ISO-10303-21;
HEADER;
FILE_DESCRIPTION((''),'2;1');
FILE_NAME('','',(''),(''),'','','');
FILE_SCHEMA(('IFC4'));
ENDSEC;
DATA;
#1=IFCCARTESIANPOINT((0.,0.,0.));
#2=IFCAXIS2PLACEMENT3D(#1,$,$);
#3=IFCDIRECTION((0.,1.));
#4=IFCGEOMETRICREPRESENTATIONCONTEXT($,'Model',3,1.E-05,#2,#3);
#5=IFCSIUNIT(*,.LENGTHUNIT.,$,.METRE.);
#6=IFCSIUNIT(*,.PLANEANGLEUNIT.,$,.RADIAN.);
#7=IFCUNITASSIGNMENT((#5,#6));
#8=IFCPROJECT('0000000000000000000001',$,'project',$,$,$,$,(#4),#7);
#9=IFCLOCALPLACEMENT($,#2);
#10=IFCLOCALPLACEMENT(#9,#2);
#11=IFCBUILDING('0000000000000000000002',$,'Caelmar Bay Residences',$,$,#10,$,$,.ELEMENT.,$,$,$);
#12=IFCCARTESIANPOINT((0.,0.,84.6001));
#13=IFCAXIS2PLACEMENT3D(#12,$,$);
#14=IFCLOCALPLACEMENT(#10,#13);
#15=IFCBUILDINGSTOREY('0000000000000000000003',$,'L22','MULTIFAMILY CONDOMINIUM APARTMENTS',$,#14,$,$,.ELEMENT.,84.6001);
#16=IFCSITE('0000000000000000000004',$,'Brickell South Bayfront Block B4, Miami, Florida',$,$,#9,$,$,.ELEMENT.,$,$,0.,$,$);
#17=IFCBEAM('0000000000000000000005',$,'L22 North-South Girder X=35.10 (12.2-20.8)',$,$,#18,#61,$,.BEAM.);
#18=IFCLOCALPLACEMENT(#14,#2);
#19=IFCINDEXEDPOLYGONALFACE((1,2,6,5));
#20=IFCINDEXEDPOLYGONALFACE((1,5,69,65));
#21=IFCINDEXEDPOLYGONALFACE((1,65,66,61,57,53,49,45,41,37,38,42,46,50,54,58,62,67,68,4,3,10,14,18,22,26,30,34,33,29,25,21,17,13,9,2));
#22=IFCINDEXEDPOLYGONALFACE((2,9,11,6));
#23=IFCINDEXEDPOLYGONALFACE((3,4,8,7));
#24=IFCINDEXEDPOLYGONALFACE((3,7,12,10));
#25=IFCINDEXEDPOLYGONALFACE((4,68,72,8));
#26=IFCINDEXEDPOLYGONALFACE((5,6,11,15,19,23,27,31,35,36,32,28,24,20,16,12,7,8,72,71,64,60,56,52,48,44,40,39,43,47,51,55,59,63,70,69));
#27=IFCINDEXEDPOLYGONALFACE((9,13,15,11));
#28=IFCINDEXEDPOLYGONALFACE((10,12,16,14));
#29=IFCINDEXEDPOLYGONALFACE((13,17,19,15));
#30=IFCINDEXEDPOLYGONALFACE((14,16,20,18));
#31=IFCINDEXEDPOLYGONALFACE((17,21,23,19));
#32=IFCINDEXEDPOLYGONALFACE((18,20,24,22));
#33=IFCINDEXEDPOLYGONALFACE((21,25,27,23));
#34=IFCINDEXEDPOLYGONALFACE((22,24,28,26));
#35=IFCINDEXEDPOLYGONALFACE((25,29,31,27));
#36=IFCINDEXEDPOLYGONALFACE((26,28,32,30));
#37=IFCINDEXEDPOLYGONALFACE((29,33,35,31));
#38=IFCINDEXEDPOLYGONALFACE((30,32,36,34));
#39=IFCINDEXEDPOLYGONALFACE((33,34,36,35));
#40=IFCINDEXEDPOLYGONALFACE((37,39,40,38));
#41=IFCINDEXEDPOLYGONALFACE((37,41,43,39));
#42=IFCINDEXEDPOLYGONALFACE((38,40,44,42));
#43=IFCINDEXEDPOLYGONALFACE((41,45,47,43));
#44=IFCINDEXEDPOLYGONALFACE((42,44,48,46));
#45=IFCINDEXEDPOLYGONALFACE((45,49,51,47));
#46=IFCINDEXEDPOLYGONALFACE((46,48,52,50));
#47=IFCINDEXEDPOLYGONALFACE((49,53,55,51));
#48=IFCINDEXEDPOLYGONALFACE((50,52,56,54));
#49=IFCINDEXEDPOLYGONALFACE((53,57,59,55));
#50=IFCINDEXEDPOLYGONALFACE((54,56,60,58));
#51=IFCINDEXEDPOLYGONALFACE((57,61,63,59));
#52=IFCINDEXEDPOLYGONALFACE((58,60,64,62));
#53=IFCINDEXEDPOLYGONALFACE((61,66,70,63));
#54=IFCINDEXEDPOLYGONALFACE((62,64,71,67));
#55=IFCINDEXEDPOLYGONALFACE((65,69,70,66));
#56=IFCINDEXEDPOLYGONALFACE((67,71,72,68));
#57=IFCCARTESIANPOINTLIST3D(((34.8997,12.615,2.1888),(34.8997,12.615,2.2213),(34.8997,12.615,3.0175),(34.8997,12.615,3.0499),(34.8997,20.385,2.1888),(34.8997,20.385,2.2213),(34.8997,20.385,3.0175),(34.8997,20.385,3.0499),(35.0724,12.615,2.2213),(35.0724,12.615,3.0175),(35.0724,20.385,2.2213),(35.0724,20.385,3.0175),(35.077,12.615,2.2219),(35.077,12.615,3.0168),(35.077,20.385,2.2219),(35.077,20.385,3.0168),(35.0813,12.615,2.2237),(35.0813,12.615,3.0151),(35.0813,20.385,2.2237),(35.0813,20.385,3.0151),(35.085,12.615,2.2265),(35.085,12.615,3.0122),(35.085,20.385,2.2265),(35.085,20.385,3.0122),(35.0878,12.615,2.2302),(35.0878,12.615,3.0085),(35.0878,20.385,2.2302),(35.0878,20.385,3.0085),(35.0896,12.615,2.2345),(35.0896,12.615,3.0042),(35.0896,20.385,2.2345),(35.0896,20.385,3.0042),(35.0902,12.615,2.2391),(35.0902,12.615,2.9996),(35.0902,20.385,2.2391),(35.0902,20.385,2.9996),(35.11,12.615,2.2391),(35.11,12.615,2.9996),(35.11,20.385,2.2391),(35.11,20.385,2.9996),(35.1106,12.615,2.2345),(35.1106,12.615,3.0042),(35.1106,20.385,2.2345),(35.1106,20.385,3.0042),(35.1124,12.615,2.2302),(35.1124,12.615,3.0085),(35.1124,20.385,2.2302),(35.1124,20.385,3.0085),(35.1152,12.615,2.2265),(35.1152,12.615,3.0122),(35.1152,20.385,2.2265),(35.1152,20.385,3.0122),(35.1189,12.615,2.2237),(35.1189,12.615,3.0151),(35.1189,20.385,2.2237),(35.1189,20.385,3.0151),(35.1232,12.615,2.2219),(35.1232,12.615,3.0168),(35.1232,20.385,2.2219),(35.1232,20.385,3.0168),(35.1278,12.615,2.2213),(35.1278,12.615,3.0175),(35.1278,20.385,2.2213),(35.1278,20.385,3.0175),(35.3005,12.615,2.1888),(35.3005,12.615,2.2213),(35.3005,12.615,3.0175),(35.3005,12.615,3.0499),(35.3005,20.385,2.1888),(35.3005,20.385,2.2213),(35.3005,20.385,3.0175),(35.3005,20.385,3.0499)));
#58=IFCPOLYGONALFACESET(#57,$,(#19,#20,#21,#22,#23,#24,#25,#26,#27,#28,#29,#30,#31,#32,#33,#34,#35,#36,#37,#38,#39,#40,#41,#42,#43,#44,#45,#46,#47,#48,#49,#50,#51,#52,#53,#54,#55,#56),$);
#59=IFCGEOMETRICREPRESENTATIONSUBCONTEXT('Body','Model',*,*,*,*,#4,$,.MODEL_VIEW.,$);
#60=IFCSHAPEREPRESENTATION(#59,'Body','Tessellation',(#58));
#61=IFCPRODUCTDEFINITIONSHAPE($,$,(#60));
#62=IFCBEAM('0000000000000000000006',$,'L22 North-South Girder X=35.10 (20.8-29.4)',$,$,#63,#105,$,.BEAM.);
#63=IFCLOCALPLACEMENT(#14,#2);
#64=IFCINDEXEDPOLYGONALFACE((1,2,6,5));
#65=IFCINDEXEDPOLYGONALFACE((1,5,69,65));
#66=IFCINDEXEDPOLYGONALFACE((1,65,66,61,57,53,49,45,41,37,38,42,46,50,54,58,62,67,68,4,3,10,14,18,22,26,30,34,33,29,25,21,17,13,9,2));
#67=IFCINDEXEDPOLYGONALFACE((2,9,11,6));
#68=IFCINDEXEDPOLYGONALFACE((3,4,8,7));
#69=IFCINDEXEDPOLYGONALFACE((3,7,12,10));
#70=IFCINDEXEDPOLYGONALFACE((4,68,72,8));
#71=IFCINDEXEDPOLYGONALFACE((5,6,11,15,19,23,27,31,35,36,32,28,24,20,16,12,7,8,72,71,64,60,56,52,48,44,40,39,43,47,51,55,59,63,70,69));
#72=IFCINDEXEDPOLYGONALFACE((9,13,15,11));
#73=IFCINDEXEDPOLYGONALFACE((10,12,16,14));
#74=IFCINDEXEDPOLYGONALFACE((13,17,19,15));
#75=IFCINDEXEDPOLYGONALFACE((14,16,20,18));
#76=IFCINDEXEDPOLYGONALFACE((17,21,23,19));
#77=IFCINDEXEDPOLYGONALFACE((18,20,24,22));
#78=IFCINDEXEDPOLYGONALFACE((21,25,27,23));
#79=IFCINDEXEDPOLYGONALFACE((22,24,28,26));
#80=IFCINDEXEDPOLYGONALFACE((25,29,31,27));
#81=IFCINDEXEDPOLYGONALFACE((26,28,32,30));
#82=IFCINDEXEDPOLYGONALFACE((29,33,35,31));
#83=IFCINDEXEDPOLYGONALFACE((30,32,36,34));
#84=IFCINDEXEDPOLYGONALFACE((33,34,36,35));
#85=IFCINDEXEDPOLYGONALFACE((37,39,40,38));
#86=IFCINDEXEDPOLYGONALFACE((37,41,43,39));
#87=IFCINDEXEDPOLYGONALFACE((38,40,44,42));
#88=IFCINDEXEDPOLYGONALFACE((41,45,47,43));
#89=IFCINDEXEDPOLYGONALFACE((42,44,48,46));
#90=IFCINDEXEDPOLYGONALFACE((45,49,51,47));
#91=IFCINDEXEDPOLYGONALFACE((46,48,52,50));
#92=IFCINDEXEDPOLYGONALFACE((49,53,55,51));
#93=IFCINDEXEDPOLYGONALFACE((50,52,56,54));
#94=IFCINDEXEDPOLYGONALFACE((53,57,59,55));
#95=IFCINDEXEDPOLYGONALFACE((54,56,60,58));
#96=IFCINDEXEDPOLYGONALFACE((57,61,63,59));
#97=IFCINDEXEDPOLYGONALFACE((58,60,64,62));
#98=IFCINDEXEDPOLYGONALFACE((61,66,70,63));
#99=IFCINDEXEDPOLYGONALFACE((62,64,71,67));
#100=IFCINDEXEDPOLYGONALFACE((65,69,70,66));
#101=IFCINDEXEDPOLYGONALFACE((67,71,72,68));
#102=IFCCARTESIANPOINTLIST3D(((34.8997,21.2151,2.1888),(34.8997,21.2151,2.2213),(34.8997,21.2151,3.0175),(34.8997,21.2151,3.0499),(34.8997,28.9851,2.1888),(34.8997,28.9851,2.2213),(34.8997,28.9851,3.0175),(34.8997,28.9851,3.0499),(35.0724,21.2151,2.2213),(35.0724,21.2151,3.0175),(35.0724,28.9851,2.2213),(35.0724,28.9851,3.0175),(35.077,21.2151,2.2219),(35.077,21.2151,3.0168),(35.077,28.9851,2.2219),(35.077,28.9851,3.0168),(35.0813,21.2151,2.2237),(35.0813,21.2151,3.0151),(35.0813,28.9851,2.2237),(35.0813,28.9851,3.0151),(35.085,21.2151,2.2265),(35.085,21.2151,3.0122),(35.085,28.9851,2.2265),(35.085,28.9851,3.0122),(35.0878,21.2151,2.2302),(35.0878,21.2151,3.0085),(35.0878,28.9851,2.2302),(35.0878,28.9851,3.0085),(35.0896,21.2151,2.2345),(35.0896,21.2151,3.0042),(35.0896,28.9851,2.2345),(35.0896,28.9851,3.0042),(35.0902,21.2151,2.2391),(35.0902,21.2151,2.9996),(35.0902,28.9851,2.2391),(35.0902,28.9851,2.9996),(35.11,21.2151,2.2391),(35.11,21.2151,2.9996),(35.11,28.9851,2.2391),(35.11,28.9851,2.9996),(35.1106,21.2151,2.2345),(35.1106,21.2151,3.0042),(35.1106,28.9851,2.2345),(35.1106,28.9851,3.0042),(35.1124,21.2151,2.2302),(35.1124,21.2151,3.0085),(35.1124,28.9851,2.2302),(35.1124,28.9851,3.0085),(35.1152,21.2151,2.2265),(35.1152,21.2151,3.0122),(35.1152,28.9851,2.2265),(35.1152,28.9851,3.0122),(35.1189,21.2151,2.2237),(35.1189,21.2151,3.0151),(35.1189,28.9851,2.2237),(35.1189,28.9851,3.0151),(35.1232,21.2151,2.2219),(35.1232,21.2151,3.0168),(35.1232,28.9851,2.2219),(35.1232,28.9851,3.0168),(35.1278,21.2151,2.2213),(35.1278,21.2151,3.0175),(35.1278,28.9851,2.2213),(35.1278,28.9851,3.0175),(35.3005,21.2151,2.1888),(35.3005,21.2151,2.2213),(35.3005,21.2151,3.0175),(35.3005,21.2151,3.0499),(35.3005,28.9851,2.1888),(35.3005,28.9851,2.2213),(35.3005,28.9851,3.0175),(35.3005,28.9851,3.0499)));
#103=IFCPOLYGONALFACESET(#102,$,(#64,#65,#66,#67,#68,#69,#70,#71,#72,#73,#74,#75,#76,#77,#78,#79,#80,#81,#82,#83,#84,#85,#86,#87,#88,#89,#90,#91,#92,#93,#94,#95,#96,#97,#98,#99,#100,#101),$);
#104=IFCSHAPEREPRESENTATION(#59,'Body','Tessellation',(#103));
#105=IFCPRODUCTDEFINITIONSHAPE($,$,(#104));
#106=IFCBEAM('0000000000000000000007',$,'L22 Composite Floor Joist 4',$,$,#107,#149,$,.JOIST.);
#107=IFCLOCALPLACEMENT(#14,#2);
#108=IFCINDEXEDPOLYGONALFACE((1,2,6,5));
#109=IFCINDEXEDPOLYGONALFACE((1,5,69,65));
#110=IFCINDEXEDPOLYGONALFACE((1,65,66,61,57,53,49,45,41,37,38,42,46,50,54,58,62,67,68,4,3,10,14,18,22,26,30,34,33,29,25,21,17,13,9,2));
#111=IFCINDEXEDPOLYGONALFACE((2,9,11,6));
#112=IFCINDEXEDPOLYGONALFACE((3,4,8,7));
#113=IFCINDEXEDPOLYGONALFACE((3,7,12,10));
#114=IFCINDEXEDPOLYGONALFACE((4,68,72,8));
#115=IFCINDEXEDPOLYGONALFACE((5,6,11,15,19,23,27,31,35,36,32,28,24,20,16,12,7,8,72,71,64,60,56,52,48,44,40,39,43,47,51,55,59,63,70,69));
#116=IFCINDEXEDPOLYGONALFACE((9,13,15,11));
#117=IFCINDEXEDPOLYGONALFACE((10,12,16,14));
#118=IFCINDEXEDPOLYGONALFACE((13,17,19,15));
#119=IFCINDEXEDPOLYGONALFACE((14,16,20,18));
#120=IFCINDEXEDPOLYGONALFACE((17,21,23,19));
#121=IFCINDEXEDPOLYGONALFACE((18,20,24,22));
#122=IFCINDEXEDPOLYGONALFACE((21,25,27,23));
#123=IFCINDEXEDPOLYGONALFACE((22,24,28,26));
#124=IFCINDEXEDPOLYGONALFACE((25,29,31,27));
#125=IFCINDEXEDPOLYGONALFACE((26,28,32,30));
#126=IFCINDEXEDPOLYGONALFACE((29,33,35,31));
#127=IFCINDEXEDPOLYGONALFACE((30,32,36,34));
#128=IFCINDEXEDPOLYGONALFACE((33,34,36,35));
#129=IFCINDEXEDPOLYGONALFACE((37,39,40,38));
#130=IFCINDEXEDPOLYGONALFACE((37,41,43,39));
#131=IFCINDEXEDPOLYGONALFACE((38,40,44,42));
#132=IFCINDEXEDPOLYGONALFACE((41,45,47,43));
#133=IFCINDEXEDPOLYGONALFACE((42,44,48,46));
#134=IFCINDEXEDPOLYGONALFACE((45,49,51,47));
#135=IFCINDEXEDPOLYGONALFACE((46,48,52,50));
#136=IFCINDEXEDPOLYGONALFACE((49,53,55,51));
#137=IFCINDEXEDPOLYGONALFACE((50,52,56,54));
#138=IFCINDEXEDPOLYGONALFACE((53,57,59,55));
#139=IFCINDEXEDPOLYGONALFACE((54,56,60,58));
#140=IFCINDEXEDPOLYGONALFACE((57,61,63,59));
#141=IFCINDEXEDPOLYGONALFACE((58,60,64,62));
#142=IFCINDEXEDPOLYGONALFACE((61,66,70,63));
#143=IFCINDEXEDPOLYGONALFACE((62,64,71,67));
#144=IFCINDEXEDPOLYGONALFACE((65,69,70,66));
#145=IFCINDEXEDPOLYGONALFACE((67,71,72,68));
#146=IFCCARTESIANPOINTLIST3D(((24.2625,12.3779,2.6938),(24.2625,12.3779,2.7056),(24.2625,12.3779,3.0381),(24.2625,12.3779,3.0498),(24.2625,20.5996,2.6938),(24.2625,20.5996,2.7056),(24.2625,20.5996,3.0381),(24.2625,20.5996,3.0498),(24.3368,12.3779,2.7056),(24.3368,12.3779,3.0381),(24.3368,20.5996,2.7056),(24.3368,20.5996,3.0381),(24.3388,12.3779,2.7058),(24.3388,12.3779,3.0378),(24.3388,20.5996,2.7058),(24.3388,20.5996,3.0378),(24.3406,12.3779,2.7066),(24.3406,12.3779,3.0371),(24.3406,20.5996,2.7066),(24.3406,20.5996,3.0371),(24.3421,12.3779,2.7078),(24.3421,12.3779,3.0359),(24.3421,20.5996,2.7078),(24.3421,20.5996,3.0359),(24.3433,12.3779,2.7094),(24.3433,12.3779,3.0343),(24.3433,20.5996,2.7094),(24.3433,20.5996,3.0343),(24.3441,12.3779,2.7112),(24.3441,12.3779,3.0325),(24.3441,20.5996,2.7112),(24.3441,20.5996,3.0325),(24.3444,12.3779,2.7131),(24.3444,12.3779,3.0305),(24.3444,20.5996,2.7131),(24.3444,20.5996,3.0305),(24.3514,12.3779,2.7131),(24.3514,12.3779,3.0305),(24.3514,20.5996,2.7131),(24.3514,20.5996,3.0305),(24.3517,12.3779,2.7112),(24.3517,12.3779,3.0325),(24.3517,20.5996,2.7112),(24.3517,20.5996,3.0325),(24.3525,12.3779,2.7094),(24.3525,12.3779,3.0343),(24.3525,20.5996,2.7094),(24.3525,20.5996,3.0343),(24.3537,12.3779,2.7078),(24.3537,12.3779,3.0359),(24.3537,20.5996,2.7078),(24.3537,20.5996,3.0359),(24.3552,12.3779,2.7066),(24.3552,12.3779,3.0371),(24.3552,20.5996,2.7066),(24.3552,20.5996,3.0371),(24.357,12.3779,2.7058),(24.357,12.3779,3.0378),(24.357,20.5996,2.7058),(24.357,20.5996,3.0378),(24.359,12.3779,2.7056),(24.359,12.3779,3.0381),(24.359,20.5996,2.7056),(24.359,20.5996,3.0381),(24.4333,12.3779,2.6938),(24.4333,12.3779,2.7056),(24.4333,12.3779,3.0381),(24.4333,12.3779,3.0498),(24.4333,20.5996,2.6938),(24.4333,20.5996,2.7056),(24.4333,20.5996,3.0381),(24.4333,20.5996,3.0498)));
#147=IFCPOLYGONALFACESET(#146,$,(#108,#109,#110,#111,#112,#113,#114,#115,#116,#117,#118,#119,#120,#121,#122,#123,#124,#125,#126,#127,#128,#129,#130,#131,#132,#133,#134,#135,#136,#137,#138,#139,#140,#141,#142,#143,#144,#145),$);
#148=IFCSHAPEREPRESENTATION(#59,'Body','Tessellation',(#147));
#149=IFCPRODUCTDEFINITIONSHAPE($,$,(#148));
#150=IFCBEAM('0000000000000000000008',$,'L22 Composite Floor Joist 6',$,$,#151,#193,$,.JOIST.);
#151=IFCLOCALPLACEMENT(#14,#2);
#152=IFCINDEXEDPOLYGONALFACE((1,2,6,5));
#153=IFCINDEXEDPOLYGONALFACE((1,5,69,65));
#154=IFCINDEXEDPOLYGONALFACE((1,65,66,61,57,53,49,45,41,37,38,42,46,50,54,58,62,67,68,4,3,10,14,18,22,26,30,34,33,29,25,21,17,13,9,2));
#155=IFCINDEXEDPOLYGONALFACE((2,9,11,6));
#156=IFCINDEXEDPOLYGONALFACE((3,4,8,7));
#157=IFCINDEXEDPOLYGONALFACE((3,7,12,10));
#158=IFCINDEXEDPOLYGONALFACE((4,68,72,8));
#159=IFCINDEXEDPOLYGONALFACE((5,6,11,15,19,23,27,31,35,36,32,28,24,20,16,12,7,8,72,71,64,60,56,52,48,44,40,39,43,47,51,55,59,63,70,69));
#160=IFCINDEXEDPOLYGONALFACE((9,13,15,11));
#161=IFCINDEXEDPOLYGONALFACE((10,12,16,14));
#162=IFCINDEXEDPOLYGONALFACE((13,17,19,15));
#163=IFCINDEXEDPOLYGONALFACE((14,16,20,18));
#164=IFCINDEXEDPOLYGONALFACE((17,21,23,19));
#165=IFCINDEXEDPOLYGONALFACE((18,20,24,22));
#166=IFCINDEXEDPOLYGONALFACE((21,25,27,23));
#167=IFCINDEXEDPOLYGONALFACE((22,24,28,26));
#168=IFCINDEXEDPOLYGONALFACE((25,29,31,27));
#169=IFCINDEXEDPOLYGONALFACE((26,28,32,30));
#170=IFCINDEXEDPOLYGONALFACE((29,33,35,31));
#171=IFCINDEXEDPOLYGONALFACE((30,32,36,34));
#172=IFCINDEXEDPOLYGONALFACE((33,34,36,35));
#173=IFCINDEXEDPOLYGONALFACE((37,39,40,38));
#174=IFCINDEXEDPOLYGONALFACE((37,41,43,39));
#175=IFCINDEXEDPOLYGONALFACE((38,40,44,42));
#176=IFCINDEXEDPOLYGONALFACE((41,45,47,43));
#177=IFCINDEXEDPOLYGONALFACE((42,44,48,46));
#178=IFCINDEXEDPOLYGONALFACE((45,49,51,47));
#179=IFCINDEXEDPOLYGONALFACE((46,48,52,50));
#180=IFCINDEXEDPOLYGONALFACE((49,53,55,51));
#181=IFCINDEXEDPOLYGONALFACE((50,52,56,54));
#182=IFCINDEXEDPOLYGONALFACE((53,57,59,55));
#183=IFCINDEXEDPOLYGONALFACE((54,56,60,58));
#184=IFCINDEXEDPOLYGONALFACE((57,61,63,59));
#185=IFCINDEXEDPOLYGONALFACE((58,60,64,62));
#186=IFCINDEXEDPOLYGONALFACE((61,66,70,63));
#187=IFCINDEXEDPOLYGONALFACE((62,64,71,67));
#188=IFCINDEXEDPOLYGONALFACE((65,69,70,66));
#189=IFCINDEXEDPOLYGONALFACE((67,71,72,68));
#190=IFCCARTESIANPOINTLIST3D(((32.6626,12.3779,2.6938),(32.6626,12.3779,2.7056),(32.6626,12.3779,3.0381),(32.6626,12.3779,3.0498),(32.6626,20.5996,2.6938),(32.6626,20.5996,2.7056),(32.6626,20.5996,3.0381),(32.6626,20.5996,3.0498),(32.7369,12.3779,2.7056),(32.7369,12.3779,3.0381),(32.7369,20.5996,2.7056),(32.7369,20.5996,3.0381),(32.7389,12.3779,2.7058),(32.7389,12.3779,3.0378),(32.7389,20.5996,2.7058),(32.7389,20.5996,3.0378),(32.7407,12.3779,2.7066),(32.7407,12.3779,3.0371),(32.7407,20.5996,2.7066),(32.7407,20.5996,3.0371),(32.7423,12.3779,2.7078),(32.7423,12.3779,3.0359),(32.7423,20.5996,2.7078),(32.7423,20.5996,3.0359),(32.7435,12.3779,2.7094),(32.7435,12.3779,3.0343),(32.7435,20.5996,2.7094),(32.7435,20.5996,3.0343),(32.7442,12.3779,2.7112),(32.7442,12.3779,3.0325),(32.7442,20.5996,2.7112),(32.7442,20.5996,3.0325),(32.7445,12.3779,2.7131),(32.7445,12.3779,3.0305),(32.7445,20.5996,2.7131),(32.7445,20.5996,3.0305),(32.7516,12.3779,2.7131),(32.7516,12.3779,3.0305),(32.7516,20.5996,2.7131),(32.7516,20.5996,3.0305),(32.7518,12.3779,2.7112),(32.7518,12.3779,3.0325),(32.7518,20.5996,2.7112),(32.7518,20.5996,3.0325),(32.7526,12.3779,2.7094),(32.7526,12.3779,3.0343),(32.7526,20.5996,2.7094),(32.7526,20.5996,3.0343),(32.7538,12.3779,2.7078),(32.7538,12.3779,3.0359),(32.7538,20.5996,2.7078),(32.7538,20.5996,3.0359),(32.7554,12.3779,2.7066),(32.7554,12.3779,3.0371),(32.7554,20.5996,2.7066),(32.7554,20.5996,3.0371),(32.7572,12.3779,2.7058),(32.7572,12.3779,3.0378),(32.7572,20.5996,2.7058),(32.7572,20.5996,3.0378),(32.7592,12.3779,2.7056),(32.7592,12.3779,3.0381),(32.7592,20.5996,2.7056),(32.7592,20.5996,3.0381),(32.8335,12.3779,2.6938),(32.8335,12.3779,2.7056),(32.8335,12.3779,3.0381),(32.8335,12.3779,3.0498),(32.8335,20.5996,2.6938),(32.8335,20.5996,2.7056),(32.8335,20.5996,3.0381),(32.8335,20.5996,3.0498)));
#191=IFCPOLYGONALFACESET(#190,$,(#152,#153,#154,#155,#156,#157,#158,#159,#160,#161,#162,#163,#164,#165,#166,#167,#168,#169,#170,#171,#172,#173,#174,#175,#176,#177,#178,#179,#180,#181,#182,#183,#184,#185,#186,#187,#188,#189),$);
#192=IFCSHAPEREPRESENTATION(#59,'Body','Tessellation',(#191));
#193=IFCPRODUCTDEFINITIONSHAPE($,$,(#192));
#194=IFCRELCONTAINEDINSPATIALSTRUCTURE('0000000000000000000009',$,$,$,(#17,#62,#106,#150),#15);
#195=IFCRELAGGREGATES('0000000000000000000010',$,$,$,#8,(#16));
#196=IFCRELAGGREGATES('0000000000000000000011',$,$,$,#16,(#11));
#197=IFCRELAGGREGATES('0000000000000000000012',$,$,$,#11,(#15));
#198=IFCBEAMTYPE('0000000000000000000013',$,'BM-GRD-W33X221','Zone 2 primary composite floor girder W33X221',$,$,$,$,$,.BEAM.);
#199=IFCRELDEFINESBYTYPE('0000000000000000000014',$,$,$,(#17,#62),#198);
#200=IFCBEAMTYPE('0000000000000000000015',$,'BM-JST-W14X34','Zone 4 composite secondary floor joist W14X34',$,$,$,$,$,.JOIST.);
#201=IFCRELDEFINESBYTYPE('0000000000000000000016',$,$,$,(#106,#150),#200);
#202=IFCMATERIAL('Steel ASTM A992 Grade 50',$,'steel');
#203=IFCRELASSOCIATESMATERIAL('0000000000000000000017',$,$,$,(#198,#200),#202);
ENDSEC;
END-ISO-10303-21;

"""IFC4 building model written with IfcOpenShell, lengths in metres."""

from ifc_helpers import new_model, si_unit, direction, frame, origin, origin_2d, place, context, subcontext, project, spatial, i_section, extrude, material, material_profile, profile_set, type_object, element, save


model = new_model("IFC4")

# Units and contexts
model_context = context("Model", 3, precision=1e-05, world=origin(), true_north=direction((0.0, 1.0)))
body_context = subcontext(model_context, "Body", "Model", "MODEL_VIEW")
ifc_project = project(units=[si_unit("LENGTHUNIT", "METRE"), si_unit("PLANEANGLEUNIT", "RADIAN")], contexts=[model_context])

# Site, building, storey
site_placement = place(None, origin())
site = spatial("IfcSite", under=ifc_project, at=site_placement, Name="Brickell South Bayfront Block B4, Miami, Florida", CompositionType="ELEMENT", RefElevation=0.0)
building_placement = place(site_placement, origin())
building = spatial("IfcBuilding", under=site, at=building_placement, Name="Caelmar Bay Residences", CompositionType="ELEMENT")
storey_placement = place(building_placement, frame((0.0, 0.0, 84.6001)))
storey = spatial("IfcBuildingStorey", under=building, at=storey_placement, Name="L22", Description="MULTIFAMILY CONDOMINIUM APARTMENTS", CompositionType="ELEMENT", Elevation=84.6001)

# Beams
ifc_material_1 = material(Name="Steel ASTM A992 Grade 50", Category="steel")
ifc_material_profile_1 = material_profile(ifc_material_1, i_section(OverallWidth=0.4009, OverallDepth=0.8611, WebThickness=0.0198, FlangeThickness=0.0325, FilletRadius=0.0178, at=origin_2d()), Name="W33X221")
ifc_profile_set_1 = profile_set([ifc_material_profile_1], Name="Steel ASTM A992 Grade 50")
beam_type_1 = type_object("IfcBeamType", Name="BM-GRD-W33X221", Description="Zone 2 primary composite floor girder W33X221", PredefinedType="BEAM", material=ifc_profile_set_1)
for number, where, z_axis, x_axis, name in (
    (1, (35.1001, 12.615, 2.6194), (0.0, 1.0, 0.0), (-1.0, 0.0, 0.0), "L22 North-South Girder X=35.10 (12.2-20.8)"),
    (2, (35.1001, 21.2151, 2.6194), (0.0, 1.0, 0.0), (-1.0, 0.0, 0.0), "L22 North-South Girder X=35.10 (20.8-29.4)"),
):
    element("IfcBeam", number, at=place(storey_placement, frame(where, z_axis=z_axis, x_axis=x_axis)), inside=storey, type_object=beam_type_1, Name=name, PredefinedType="BEAM", context=body_context, shape_type="SweptSolid", body=[
        extrude(i_section(OverallWidth=0.4009, OverallDepth=0.8611, WebThickness=0.0198, FlangeThickness=0.0325, FilletRadius=0.0178, at=origin_2d()), origin(), (0.0, 0.0, 1.0), 7.77),
    ])
ifc_material_profile_2 = material_profile(ifc_material_1, i_section(OverallWidth=0.1709, OverallDepth=0.356, WebThickness=0.0071, FlangeThickness=0.0117, FilletRadius=0.0076, at=origin_2d()), Name="W14X34")
ifc_profile_set_2 = profile_set([ifc_material_profile_2], Name="Steel ASTM A992 Grade 50")
beam_type_2 = type_object("IfcBeamType", Name="BM-JST-W14X34", Description="Zone 4 composite secondary floor joist W14X34", PredefinedType="JOIST", material=ifc_profile_set_2)
for number, where, z_axis, x_axis, name in (
    (3, (24.3479, 12.3779, 2.8718), (0.0, 1.0, 0.0), (-1.0, 0.0, 0.0), "L22 Composite Floor Joist 4"),
    (4, (32.748, 12.3779, 2.8718), (0.0, 1.0, 0.0), (-1.0, 0.0, 0.0), "L22 Composite Floor Joist 6"),
):
    element("IfcBeam", number, at=place(storey_placement, frame(where, z_axis=z_axis, x_axis=x_axis)), inside=storey, type_object=beam_type_2, Name=name, PredefinedType="JOIST", context=body_context, shape_type="SweptSolid", body=[
        extrude(i_section(OverallWidth=0.1709, OverallDepth=0.356, WebThickness=0.0071, FlangeThickness=0.0117, FilletRadius=0.0076, at=origin_2d()), origin(), (0.0, 0.0, 1.0), 8.2217),
    ])

save(model, "model.ifc")
